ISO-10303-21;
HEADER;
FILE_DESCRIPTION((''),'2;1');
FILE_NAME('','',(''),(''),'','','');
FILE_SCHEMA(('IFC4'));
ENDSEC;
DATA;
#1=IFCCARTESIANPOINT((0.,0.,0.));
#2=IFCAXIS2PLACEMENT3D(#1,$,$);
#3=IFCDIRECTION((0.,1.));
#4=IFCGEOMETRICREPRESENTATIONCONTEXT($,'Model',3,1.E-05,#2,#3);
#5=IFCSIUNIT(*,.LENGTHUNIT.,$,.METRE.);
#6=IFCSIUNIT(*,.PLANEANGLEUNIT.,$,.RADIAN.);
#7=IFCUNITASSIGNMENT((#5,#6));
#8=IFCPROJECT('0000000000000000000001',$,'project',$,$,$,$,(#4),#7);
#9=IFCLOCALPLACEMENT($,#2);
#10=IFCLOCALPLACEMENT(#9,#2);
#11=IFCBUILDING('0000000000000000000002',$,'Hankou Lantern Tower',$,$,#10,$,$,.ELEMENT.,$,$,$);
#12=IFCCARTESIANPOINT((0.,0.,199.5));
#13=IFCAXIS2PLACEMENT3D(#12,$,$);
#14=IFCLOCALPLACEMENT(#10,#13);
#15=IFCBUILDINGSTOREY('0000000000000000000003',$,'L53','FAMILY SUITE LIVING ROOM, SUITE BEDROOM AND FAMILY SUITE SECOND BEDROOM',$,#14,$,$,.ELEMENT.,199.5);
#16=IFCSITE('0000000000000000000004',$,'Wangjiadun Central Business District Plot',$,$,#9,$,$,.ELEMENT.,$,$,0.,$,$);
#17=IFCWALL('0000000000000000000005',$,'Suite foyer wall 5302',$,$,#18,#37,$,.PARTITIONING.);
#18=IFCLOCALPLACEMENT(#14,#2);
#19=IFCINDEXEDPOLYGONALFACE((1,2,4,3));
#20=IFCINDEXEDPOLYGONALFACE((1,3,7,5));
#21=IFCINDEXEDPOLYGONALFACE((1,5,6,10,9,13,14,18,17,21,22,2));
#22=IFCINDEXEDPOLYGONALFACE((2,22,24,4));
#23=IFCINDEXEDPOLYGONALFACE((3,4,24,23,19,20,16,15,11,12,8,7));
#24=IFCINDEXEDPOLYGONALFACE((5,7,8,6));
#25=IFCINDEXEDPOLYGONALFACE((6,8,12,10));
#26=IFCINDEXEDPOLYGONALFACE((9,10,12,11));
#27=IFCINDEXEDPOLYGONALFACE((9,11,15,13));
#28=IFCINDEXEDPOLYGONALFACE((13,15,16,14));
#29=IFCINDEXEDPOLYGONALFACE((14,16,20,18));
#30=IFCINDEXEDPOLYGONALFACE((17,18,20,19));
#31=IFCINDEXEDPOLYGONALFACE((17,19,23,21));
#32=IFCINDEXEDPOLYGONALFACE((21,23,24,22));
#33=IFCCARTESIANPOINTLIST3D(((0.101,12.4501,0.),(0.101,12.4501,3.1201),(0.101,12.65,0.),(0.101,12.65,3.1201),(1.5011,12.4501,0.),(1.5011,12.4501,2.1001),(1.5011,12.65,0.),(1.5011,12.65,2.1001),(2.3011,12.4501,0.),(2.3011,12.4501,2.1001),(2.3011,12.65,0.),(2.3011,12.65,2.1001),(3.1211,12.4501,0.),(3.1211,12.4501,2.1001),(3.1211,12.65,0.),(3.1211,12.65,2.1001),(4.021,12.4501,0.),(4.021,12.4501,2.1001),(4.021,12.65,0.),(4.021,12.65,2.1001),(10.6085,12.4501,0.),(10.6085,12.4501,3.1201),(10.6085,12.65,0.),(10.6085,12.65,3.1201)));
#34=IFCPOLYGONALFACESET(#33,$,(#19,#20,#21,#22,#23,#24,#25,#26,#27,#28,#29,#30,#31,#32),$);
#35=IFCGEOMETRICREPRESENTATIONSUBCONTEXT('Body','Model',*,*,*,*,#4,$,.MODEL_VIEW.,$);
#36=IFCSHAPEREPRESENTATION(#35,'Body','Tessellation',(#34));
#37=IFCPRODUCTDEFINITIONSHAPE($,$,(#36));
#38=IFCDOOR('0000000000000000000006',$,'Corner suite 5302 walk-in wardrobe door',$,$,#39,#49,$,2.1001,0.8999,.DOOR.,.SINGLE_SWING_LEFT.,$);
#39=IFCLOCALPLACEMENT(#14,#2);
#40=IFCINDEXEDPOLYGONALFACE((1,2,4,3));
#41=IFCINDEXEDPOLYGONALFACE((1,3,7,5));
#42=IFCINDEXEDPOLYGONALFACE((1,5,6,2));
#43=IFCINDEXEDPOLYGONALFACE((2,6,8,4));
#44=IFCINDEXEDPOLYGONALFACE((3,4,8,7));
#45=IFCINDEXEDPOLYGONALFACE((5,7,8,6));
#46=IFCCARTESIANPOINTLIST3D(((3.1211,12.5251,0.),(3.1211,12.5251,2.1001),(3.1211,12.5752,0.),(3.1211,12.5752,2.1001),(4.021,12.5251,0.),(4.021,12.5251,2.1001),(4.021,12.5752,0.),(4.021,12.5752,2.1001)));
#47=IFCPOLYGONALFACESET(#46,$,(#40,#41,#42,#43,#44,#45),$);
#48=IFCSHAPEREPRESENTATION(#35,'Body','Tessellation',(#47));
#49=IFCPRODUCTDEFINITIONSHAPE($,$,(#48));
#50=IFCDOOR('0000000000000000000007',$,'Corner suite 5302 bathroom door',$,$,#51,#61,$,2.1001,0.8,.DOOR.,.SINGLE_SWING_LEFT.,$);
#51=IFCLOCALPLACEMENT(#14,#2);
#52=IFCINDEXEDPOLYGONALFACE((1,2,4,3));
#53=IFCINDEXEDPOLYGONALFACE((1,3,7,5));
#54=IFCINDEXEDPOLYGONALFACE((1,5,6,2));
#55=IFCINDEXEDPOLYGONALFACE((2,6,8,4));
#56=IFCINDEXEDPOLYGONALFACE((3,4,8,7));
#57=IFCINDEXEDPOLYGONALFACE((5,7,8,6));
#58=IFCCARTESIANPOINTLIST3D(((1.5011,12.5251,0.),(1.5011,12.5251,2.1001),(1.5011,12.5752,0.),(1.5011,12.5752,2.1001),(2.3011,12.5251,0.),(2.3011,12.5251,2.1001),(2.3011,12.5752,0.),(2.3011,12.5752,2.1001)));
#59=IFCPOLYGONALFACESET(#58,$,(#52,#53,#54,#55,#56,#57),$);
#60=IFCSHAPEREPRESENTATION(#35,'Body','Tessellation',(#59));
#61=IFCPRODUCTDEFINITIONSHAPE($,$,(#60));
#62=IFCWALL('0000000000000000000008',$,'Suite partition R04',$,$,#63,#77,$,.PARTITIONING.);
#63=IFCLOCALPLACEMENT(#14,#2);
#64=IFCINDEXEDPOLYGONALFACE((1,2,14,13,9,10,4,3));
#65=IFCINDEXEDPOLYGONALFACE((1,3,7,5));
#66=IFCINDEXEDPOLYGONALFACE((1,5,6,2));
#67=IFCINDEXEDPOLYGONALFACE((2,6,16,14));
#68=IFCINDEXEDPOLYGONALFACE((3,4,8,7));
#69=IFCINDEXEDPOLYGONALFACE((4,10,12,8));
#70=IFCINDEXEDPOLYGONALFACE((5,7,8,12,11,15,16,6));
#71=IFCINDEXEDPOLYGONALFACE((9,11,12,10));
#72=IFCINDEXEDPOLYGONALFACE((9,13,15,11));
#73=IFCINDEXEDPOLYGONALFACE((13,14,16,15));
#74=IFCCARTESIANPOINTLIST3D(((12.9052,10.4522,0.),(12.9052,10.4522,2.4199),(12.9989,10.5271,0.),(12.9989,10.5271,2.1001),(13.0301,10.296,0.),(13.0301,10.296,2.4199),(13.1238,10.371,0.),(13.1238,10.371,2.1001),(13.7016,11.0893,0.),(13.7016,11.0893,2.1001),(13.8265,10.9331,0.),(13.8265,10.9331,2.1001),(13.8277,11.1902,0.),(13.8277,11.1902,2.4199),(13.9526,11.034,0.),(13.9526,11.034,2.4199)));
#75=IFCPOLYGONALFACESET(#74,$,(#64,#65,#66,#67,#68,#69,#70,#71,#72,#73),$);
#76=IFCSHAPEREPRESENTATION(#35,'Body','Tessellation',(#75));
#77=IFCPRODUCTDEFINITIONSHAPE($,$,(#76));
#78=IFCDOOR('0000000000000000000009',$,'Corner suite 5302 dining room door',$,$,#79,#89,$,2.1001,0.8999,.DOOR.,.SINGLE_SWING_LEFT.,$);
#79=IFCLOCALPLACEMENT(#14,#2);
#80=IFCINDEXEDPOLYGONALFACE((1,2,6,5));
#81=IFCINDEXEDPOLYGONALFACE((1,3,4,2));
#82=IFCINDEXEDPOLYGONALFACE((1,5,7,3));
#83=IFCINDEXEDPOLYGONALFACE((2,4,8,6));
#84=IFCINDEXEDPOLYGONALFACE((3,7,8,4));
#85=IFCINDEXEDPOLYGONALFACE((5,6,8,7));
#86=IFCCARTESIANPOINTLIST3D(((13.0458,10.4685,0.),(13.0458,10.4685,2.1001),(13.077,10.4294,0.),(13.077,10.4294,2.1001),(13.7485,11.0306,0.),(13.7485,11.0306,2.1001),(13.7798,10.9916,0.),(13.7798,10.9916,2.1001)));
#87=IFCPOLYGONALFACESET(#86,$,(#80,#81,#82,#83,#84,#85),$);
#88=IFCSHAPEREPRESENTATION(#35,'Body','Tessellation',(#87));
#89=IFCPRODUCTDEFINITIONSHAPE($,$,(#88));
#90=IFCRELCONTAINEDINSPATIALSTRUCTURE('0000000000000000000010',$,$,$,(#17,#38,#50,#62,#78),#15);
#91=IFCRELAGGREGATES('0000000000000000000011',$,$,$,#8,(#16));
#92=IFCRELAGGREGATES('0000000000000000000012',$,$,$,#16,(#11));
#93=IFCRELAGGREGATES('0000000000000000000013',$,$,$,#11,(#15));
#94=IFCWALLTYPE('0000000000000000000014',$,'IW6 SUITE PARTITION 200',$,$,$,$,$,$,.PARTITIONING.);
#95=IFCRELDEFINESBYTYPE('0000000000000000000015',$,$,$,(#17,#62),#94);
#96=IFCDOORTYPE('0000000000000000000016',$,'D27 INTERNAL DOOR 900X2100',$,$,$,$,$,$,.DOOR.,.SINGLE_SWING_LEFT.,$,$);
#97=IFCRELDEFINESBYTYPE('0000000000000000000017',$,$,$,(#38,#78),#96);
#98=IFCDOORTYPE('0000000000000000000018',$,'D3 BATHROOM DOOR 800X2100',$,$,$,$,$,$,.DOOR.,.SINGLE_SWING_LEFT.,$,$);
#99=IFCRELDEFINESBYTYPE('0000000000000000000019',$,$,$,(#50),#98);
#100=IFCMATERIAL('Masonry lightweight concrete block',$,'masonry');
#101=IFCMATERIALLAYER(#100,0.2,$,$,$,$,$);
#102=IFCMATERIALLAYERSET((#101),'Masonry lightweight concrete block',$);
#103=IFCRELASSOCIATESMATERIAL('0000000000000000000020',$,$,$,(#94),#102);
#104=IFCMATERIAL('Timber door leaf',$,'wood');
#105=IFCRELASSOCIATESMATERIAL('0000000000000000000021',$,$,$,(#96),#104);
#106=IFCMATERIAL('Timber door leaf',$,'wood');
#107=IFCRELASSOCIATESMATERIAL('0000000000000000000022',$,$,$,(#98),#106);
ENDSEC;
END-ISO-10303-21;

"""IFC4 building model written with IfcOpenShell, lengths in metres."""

from ifc_helpers import new_model, si_unit, direction, frame, frame_2d, origin, place, context, subcontext, project, spatial, rectangle, extrude, material, layer, layer_set, type_object, element, fill, save


model = new_model("IFC4")

# Units and contexts
model_context = context("Model", 3, precision=1e-05, world=origin(), true_north=direction((0.0, 1.0)))
body_context = subcontext(model_context, "Body", "Model", "MODEL_VIEW")
ifc_project = project(units=[si_unit("LENGTHUNIT", "METRE"), si_unit("PLANEANGLEUNIT", "RADIAN")], contexts=[model_context])

# Site, building, storey
site_placement = place(None, origin())
site = spatial("IfcSite", under=ifc_project, at=site_placement, Name="Wangjiadun Central Business District Plot", CompositionType="ELEMENT", RefElevation=0.0)
building_placement = place(site_placement, origin())
building = spatial("IfcBuilding", under=site, at=building_placement, Name="Hankou Lantern Tower", CompositionType="ELEMENT")
storey_placement = place(building_placement, frame((0.0, 0.0, 199.5)))
storey = spatial("IfcBuildingStorey", under=building, at=storey_placement, Name="L53", Description="FAMILY SUITE LIVING ROOM, SUITE BEDROOM AND FAMILY SUITE SECOND BEDROOM", CompositionType="ELEMENT", Elevation=199.5)

# Shared definitions
ifc_material_1 = material(Name="Masonry lightweight concrete block", Category="masonry")
ifc_layer_1 = layer(ifc_material_1, 0.2)
ifc_layer_set_1 = layer_set([ifc_layer_1], Name="Masonry lightweight concrete block")
wall_type_1 = type_object("IfcWallType", Name="IW6 SUITE PARTITION 200", PredefinedType="PARTITIONING", material=ifc_layer_set_1)

# Wall, openings, doors
wall_1_placement = place(storey_placement, frame((10.6086, 12.55, 0.0), z_axis=(0.0, 0.0, 1.0), x_axis=(-1.0, 0.0, 0.0)))
wall_1 = element("IfcWall", 1, at=wall_1_placement, inside=storey, type_object=wall_type_1, Name="Suite foyer wall 5302", PredefinedType="PARTITIONING", context=body_context, shape_type="SweptSolid", body=[
    extrude(rectangle(XDim=10.5076, YDim=0.2, at=frame_2d((5.2539, 0.0))), origin(), (0.0, 0.0, 1.0), 3.1201),
])
opening_1_placement = place(wall_1_placement, frame((6.5876, 0.0, 0.0)))
opening_1 = element("IfcOpeningElement", 2, at=opening_1_placement, cuts=wall_1, PredefinedType="OPENING", context=body_context, shape_type="SweptSolid", body=[
    extrude(rectangle(XDim=0.8999, YDim=2.1001, at=frame_2d((0.45, 1.05))), frame((0.0, 0.1099, 0.0), z_axis=(0.0, -1.0, 0.0), x_axis=(1.0, 0.0, 0.0)), (0.0, 0.0, 1.0), 0.22),
])
opening_2_placement = place(wall_1_placement, frame((8.3076, 0.0, 0.0)))
opening_2 = element("IfcOpeningElement", 3, at=opening_2_placement, cuts=wall_1, PredefinedType="OPENING", context=body_context, shape_type="SweptSolid", body=[
    extrude(rectangle(XDim=0.8, YDim=2.1001, at=frame_2d((0.3999, 1.05))), frame((0.0, 0.1099, 0.0), z_axis=(0.0, -1.0, 0.0), x_axis=(1.0, 0.0, 0.0)), (0.0, 0.0, 1.0), 0.22),
])
ifc_material_2 = material(Name="Timber door leaf", Category="wood")
door_type_1 = type_object("IfcDoorType", Name="D27 INTERNAL DOOR 900X2100", OperationType="SINGLE_SWING_LEFT", PredefinedType="DOOR", material=ifc_material_2)
door_1_placement = place(opening_1_placement, origin())
door_1 = element("IfcDoor", 4, at=door_1_placement, inside=storey, type_object=door_type_1, Name="Corner suite 5302 walk-in wardrobe door", OperationType="SINGLE_SWING_LEFT", OverallHeight=2.1001, OverallWidth=0.8999, PredefinedType="DOOR", context=body_context, shape_type="SweptSolid", body=[
    extrude(rectangle(XDim=0.8999, YDim=2.1001, at=frame_2d((0.45, 1.05))), frame((0.0, 0.0249, 0.0), z_axis=(0.0, -1.0, 0.0), x_axis=(1.0, 0.0, 0.0)), (0.0, 0.0, 1.0), 0.05),
])
fill(opening_1, door_1)
ifc_material_3 = material(Name="Timber door leaf", Category="wood")
door_type_2 = type_object("IfcDoorType", Name="D3 BATHROOM DOOR 800X2100", OperationType="SINGLE_SWING_LEFT", PredefinedType="DOOR", material=ifc_material_3)
door_2_placement = place(opening_2_placement, origin())
door_2 = element("IfcDoor", 5, at=door_2_placement, inside=storey, type_object=door_type_2, Name="Corner suite 5302 bathroom door", OperationType="SINGLE_SWING_LEFT", OverallHeight=2.1001, OverallWidth=0.8, PredefinedType="DOOR", context=body_context, shape_type="SweptSolid", body=[
    extrude(rectangle(XDim=0.8, YDim=2.1001, at=frame_2d((0.3999, 1.05))), frame((0.0, 0.0249, 0.0), z_axis=(0.0, -1.0, 0.0), x_axis=(1.0, 0.0, 0.0)), (0.0, 0.0, 1.0), 0.05),
])
fill(opening_2, door_2)

# Wall, opening, door
wall_2_placement = place(storey_placement, frame((12.9675, 10.374, 0.0), z_axis=(0.0, 0.0, 1.0), x_axis=(0.780889, 0.62467, 0.0)))
wall_2 = element("IfcWall", 6, at=wall_2_placement, inside=storey, type_object=wall_type_1, Name="Suite partition R04", PredefinedType="PARTITIONING", context=body_context, shape_type="SweptSolid", body=[
    extrude(rectangle(XDim=1.1814, YDim=0.2, at=frame_2d((0.5908, 0.0))), origin(), (0.0, 0.0, 1.0), 2.4199),
])
opening_3_placement = place(wall_2_placement, frame((0.1201, 0.0, 0.0)))
opening_3 = element("IfcOpeningElement", 7, at=opening_3_placement, cuts=wall_2, PredefinedType="OPENING", context=body_context, shape_type="SweptSolid", body=[
    extrude(rectangle(XDim=0.8999, YDim=2.1001, at=frame_2d((0.45, 1.05))), frame((0.0, 0.1099, 0.0), z_axis=(0.0, -1.0, 0.0), x_axis=(1.0, 0.0, 0.0)), (0.0, 0.0, 1.0), 0.22),
])
door_3_placement = place(opening_3_placement, origin())
door_3 = element("IfcDoor", 8, at=door_3_placement, inside=storey, type_object=door_type_1, Name="Corner suite 5302 dining room door", OperationType="SINGLE_SWING_LEFT", OverallHeight=2.1001, OverallWidth=0.8999, PredefinedType="DOOR", context=body_context, shape_type="SweptSolid", body=[
    extrude(rectangle(XDim=0.8999, YDim=2.1001, at=frame_2d((0.45, 1.05))), frame((0.0, 0.0249, 0.0), z_axis=(0.0, -1.0, 0.0), x_axis=(1.0, 0.0, 0.0)), (0.0, 0.0, 1.0), 0.05),
])
fill(opening_3, door_3)

save(model, "model.ifc")
